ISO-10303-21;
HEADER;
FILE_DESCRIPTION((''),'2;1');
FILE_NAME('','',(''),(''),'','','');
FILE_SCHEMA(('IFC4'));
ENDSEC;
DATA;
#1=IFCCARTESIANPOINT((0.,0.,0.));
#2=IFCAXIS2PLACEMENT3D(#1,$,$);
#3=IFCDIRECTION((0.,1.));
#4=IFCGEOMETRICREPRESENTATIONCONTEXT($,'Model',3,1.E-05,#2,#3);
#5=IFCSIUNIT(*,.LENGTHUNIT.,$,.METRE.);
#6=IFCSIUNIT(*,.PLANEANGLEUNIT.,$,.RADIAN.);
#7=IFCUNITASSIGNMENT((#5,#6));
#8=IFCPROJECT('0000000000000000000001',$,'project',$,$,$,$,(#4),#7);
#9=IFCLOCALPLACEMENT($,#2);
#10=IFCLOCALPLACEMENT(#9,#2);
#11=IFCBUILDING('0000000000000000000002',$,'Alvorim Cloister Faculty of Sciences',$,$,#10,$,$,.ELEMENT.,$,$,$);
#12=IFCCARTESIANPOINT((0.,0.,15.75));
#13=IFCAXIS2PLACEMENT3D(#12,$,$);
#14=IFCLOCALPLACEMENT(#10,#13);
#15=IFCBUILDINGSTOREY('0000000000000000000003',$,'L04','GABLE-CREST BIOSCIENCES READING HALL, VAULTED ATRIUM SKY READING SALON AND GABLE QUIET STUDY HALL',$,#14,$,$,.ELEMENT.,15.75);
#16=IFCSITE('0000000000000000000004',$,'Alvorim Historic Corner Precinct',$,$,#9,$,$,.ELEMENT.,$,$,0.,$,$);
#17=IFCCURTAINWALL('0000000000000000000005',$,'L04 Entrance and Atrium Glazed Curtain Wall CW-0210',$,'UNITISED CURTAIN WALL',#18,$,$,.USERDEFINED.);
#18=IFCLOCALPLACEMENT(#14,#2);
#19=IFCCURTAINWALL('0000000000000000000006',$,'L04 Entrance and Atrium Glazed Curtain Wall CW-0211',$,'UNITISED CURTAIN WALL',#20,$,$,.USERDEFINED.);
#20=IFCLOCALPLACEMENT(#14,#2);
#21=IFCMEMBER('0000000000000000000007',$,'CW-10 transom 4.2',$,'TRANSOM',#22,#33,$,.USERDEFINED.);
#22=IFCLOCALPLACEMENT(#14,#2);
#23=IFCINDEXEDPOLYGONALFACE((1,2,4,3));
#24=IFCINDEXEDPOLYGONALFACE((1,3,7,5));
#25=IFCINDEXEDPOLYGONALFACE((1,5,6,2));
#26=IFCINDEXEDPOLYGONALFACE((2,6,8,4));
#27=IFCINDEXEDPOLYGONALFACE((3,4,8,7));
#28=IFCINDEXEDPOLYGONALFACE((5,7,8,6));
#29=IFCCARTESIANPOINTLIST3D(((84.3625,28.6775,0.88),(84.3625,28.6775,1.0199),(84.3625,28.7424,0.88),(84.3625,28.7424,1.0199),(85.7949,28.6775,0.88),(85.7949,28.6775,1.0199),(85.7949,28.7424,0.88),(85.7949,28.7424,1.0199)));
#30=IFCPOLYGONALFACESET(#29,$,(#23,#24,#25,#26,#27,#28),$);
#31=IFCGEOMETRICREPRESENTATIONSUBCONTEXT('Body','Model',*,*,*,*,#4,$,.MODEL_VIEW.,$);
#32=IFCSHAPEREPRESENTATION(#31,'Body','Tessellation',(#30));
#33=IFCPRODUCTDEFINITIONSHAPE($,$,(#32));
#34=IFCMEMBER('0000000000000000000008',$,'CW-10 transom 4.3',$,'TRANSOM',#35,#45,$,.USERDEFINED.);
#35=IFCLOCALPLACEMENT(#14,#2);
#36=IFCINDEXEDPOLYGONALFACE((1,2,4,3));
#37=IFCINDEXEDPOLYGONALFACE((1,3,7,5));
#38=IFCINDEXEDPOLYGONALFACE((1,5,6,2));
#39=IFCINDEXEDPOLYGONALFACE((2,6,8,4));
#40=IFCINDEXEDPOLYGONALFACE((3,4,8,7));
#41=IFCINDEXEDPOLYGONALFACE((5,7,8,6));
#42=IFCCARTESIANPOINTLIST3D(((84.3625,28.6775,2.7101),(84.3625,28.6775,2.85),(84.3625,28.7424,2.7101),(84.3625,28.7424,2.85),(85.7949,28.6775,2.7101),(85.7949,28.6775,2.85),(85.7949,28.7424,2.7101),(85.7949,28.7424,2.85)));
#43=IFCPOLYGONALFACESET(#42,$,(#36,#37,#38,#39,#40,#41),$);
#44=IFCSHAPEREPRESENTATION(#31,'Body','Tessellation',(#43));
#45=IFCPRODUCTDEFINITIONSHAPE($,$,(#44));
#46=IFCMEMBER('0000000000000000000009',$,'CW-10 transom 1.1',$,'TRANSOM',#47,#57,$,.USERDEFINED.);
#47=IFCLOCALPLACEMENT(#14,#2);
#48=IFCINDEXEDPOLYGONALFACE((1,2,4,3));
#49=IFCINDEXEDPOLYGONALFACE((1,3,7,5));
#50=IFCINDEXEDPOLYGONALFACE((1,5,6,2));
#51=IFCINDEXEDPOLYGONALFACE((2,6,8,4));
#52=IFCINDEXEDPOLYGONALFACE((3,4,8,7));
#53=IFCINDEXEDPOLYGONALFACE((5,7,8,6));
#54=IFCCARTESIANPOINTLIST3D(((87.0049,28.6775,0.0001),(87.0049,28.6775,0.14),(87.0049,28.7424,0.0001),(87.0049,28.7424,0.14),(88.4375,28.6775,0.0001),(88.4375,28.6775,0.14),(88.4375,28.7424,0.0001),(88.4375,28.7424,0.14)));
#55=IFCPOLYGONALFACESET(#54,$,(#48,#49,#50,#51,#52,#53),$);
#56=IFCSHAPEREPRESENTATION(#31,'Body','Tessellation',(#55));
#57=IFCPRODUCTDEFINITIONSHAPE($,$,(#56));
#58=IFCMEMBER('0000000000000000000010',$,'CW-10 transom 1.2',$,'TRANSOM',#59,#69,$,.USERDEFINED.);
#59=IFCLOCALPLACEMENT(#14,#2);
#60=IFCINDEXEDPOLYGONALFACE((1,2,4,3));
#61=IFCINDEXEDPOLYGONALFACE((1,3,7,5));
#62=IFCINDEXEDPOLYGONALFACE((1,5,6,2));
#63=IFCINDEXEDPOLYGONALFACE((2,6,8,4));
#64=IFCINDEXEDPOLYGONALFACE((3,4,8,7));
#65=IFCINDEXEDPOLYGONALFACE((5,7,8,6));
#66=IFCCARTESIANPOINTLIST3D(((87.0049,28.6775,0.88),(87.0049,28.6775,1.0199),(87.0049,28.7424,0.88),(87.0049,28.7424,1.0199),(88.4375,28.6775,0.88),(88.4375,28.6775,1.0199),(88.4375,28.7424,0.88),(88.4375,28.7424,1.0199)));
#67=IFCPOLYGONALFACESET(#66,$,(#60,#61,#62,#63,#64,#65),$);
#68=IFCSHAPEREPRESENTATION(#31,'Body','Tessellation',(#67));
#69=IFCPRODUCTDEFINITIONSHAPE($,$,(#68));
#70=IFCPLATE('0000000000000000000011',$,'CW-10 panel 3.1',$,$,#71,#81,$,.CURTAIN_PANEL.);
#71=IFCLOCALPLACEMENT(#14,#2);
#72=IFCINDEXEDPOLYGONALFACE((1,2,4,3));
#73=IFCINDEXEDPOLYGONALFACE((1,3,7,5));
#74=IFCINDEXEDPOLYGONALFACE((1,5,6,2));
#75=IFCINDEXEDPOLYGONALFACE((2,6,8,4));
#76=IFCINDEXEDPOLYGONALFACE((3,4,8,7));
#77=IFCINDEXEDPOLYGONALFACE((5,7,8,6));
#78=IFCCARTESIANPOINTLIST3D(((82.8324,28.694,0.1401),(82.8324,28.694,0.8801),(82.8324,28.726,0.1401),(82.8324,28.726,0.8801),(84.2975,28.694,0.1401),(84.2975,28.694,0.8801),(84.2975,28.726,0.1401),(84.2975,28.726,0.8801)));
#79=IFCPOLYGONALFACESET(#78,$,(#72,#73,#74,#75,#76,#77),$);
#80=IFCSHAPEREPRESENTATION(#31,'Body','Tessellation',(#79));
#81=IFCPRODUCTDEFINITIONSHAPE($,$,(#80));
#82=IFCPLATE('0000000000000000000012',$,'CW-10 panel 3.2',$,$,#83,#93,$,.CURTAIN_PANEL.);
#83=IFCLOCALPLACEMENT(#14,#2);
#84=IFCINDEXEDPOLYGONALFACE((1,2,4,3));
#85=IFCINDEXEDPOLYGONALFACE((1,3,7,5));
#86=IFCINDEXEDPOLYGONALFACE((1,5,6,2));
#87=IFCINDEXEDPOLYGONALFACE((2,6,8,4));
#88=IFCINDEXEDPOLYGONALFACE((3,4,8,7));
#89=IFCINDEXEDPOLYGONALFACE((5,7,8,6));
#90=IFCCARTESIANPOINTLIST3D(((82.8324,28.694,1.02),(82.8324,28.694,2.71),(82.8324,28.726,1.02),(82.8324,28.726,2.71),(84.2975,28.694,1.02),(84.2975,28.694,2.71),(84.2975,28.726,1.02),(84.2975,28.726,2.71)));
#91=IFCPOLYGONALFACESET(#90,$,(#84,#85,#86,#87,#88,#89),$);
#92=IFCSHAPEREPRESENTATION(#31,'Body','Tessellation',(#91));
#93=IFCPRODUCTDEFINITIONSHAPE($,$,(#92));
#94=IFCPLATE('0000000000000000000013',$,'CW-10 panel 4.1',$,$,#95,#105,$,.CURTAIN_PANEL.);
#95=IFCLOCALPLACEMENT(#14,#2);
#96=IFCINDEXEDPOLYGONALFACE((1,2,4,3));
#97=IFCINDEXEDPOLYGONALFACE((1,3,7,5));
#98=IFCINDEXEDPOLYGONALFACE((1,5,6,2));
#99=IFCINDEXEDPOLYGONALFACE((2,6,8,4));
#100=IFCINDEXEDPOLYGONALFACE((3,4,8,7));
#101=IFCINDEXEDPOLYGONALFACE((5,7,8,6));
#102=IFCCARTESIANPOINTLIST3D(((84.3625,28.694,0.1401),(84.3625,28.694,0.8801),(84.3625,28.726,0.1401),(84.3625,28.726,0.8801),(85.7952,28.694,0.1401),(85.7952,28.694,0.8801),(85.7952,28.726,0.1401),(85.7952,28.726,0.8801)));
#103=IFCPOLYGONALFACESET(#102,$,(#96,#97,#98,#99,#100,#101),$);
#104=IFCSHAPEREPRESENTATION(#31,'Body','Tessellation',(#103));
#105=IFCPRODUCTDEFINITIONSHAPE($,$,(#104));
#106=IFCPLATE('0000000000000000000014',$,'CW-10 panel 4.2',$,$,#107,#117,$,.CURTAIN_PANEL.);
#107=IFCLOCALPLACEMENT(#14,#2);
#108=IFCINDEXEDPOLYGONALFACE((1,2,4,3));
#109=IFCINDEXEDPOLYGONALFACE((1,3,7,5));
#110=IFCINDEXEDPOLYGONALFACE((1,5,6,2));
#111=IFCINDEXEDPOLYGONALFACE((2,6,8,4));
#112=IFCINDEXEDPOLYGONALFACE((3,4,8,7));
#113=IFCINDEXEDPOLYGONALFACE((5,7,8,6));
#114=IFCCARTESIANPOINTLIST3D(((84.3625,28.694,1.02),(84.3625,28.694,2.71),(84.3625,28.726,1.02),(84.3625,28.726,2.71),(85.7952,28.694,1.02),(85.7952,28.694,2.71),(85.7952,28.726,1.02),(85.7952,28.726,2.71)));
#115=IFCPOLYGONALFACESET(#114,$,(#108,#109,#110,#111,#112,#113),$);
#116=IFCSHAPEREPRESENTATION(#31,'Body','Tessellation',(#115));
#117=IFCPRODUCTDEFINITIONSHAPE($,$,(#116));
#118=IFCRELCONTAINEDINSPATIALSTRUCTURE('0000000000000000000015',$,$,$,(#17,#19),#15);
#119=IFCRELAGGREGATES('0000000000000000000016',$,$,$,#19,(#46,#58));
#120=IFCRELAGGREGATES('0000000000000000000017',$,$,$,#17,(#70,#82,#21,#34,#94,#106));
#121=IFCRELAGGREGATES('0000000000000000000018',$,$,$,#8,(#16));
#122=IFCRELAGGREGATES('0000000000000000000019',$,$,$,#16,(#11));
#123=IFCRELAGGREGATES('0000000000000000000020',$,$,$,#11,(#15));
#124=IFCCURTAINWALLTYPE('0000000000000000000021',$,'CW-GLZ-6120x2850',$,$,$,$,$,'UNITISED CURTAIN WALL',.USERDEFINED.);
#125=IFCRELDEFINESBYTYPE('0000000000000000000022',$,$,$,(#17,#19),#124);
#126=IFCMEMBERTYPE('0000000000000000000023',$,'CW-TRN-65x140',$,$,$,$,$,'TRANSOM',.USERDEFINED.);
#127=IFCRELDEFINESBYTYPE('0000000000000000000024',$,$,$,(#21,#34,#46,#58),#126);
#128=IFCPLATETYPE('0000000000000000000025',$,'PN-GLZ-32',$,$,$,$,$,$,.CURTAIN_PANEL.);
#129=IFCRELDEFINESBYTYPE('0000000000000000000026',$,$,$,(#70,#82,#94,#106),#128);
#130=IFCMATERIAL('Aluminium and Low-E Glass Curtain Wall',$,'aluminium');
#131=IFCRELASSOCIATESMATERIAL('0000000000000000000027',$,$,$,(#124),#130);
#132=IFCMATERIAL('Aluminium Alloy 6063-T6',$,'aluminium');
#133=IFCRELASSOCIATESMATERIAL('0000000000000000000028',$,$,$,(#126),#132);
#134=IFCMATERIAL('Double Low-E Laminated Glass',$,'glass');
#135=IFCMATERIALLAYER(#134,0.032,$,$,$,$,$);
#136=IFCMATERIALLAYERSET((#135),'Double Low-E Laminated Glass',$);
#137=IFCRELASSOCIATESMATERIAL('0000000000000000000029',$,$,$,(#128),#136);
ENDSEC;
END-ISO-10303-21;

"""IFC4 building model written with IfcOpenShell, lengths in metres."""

from ifc_helpers import new_model, si_unit, direction, frame, origin, origin_2d, place, context, subcontext, project, spatial, rectangle, extrude, material, layer, layer_set, material_profile, profile_set, type_object, element, aggregate, save


model = new_model("IFC4")

# Units and contexts
model_context = context("Model", 3, precision=1e-05, world=origin(), true_north=direction((0.0, 1.0)))
body_context = subcontext(model_context, "Body", "Model", "MODEL_VIEW")
ifc_project = project(units=[si_unit("LENGTHUNIT", "METRE"), si_unit("PLANEANGLEUNIT", "RADIAN")], contexts=[model_context])

# Site, building, storey
site_placement = place(None, origin())
site = spatial("IfcSite", under=ifc_project, at=site_placement, Name="Alvorim Historic Corner Precinct", CompositionType="ELEMENT", RefElevation=0.0)
building_placement = place(site_placement, origin())
building = spatial("IfcBuilding", under=site, at=building_placement, Name="Alvorim Cloister Faculty of Sciences", CompositionType="ELEMENT")
storey_placement = place(building_placement, frame((0.0, 0.0, 15.75)))
storey = spatial("IfcBuildingStorey", under=building, at=storey_placement, Name="L04", Description="GABLE-CREST BIOSCIENCES READING HALL, VAULTED ATRIUM SKY READING SALON AND GABLE QUIET STUDY HALL", CompositionType="ELEMENT", Elevation=15.75)

# Curtain wall
ifc_material_1 = material(Name="Aluminium and Low-E Glass Curtain Wall", Category="aluminium")
curtain_wall_type = type_object("IfcCurtainWallType", Name="CW-GLZ-6120x2850", ElementType="UNITISED CURTAIN WALL", PredefinedType="USERDEFINED", material=ifc_material_1)
curtain_wall_1_placement = place(storey_placement, origin())
curtain_wall_1 = element("IfcCurtainWall", 1, at=curtain_wall_1_placement, inside=storey, type_object=curtain_wall_type, Name="L04 Entrance and Atrium Glazed Curtain Wall CW-0210", ObjectType="UNITISED CURTAIN WALL", PredefinedType="USERDEFINED")
ifc_material_2 = material(Name="Aluminium Alloy 6063-T6", Category="aluminium")

# Curtain wall
curtain_wall_2_placement = place(storey_placement, origin())
curtain_wall_2 = element("IfcCurtainWall", 2, at=curtain_wall_2_placement, inside=storey, type_object=curtain_wall_type, Name="L04 Entrance and Atrium Glazed Curtain Wall CW-0211", ObjectType="UNITISED CURTAIN WALL", PredefinedType="USERDEFINED")

# Members
ifc_material_profile_1 = material_profile(ifc_material_2, rectangle(XDim=0.0649, YDim=0.1399, at=origin_2d()), Name="ALU-TRN-65x140")
ifc_profile_set_1 = profile_set([ifc_material_profile_1], Name="Aluminium Alloy 6063-T6")
member_type_1 = type_object("IfcMemberType", Name="CW-TRN-65x140", ElementType="TRANSOM", PredefinedType="USERDEFINED", material=ifc_profile_set_1)
member_1_placement = place(storey_placement, frame((84.3625, 28.71, 0.95), z_axis=(1.0, 0.0, 0.0), x_axis=(0.0, 1.0, 0.0)))
member_1 = element("IfcMember", 3, at=member_1_placement, type_object=member_type_1, Name="CW-10 transom 4.2", ObjectType="TRANSOM", PredefinedType="USERDEFINED", context=body_context, shape_type="SweptSolid", body=[
    extrude(rectangle(XDim=0.0649, YDim=0.1399, at=origin_2d()), origin(), (0.0, 0.0, 1.0), 1.4324),
])
member_2_placement = place(storey_placement, frame((84.3625, 28.71, 2.78), z_axis=(1.0, 0.0, 0.0), x_axis=(0.0, 1.0, 0.0)))
member_2 = element("IfcMember", 4, at=member_2_placement, type_object=member_type_1, Name="CW-10 transom 4.3", ObjectType="TRANSOM", PredefinedType="USERDEFINED", context=body_context, shape_type="SweptSolid", body=[
    extrude(rectangle(XDim=0.0649, YDim=0.1399, at=origin_2d()), origin(), (0.0, 0.0, 1.0), 1.4324),
])
member_3_placement = place(storey_placement, frame((87.0049, 28.71, 0.0701), z_axis=(1.0, 0.0, 0.0), x_axis=(0.0, 1.0, 0.0)))
member_3 = element("IfcMember", 5, at=member_3_placement, type_object=member_type_1, Name="CW-10 transom 1.1", ObjectType="TRANSOM", PredefinedType="USERDEFINED", context=body_context, shape_type="SweptSolid", body=[
    extrude(rectangle(XDim=0.0649, YDim=0.1399, at=origin_2d()), origin(), (0.0, 0.0, 1.0), 1.4326),
])
member_4_placement = place(storey_placement, frame((87.0049, 28.71, 0.95), z_axis=(1.0, 0.0, 0.0), x_axis=(0.0, 1.0, 0.0)))
member_4 = element("IfcMember", 6, at=member_4_placement, type_object=member_type_1, Name="CW-10 transom 1.2", ObjectType="TRANSOM", PredefinedType="USERDEFINED", context=body_context, shape_type="SweptSolid", body=[
    extrude(rectangle(XDim=0.0649, YDim=0.1399, at=origin_2d()), origin(), (0.0, 0.0, 1.0), 1.4326),
])
aggregate(curtain_wall_2, [member_3, member_4])

# Plates
ifc_material_3 = material(Name="Double Low-E Laminated Glass", Category="glass")
ifc_layer = layer(ifc_material_3, 0.032)
ifc_layer_set = layer_set([ifc_layer], Name="Double Low-E Laminated Glass")
plate_type = type_object("IfcPlateType", Name="PN-GLZ-32", PredefinedType="CURTAIN_PANEL", material=ifc_layer_set)
plate_1_placement = place(storey_placement, frame((83.5649, 28.71, 0.1401), z_axis=(0.0, 0.0, 1.0), x_axis=(1.0, 0.0, 0.0)))
plate_1 = element("IfcPlate", 7, at=plate_1_placement, type_object=plate_type, Name="CW-10 panel 3.1", PredefinedType="CURTAIN_PANEL", context=body_context, shape_type="SweptSolid", body=[
    extrude(rectangle(XDim=1.4651, YDim=0.032, at=origin_2d()), origin(), (0.0, 0.0, 1.0), 0.74),
])
plate_2_placement = place(storey_placement, frame((83.5649, 28.71, 1.02), z_axis=(0.0, 0.0, 1.0), x_axis=(1.0, 0.0, 0.0)))
plate_2 = element("IfcPlate", 8, at=plate_2_placement, type_object=plate_type, Name="CW-10 panel 3.2", PredefinedType="CURTAIN_PANEL", context=body_context, shape_type="SweptSolid", body=[
    extrude(rectangle(XDim=1.4651, YDim=0.032, at=origin_2d()), origin(), (0.0, 0.0, 1.0), 1.6899),
])
plate_3_placement = place(storey_placement, frame((85.0789, 28.71, 0.1401), z_axis=(0.0, 0.0, 1.0), x_axis=(1.0, 0.0, 0.0)))
plate_3 = element("IfcPlate", 9, at=plate_3_placement, type_object=plate_type, Name="CW-10 panel 4.1", PredefinedType="CURTAIN_PANEL", context=body_context, shape_type="SweptSolid", body=[
    extrude(rectangle(XDim=1.4326, YDim=0.032, at=origin_2d()), origin(), (0.0, 0.0, 1.0), 0.74),
])
plate_4_placement = place(storey_placement, frame((85.0789, 28.71, 1.02), z_axis=(0.0, 0.0, 1.0), x_axis=(1.0, 0.0, 0.0)))
plate_4 = element("IfcPlate", 10, at=plate_4_placement, type_object=plate_type, Name="CW-10 panel 4.2", PredefinedType="CURTAIN_PANEL", context=body_context, shape_type="SweptSolid", body=[
    extrude(rectangle(XDim=1.4326, YDim=0.032, at=origin_2d()), origin(), (0.0, 0.0, 1.0), 1.6899),
])
aggregate(curtain_wall_1, [plate_1, plate_2, member_1, member_2, plate_3, plate_4])

save(model, "model.ifc")
